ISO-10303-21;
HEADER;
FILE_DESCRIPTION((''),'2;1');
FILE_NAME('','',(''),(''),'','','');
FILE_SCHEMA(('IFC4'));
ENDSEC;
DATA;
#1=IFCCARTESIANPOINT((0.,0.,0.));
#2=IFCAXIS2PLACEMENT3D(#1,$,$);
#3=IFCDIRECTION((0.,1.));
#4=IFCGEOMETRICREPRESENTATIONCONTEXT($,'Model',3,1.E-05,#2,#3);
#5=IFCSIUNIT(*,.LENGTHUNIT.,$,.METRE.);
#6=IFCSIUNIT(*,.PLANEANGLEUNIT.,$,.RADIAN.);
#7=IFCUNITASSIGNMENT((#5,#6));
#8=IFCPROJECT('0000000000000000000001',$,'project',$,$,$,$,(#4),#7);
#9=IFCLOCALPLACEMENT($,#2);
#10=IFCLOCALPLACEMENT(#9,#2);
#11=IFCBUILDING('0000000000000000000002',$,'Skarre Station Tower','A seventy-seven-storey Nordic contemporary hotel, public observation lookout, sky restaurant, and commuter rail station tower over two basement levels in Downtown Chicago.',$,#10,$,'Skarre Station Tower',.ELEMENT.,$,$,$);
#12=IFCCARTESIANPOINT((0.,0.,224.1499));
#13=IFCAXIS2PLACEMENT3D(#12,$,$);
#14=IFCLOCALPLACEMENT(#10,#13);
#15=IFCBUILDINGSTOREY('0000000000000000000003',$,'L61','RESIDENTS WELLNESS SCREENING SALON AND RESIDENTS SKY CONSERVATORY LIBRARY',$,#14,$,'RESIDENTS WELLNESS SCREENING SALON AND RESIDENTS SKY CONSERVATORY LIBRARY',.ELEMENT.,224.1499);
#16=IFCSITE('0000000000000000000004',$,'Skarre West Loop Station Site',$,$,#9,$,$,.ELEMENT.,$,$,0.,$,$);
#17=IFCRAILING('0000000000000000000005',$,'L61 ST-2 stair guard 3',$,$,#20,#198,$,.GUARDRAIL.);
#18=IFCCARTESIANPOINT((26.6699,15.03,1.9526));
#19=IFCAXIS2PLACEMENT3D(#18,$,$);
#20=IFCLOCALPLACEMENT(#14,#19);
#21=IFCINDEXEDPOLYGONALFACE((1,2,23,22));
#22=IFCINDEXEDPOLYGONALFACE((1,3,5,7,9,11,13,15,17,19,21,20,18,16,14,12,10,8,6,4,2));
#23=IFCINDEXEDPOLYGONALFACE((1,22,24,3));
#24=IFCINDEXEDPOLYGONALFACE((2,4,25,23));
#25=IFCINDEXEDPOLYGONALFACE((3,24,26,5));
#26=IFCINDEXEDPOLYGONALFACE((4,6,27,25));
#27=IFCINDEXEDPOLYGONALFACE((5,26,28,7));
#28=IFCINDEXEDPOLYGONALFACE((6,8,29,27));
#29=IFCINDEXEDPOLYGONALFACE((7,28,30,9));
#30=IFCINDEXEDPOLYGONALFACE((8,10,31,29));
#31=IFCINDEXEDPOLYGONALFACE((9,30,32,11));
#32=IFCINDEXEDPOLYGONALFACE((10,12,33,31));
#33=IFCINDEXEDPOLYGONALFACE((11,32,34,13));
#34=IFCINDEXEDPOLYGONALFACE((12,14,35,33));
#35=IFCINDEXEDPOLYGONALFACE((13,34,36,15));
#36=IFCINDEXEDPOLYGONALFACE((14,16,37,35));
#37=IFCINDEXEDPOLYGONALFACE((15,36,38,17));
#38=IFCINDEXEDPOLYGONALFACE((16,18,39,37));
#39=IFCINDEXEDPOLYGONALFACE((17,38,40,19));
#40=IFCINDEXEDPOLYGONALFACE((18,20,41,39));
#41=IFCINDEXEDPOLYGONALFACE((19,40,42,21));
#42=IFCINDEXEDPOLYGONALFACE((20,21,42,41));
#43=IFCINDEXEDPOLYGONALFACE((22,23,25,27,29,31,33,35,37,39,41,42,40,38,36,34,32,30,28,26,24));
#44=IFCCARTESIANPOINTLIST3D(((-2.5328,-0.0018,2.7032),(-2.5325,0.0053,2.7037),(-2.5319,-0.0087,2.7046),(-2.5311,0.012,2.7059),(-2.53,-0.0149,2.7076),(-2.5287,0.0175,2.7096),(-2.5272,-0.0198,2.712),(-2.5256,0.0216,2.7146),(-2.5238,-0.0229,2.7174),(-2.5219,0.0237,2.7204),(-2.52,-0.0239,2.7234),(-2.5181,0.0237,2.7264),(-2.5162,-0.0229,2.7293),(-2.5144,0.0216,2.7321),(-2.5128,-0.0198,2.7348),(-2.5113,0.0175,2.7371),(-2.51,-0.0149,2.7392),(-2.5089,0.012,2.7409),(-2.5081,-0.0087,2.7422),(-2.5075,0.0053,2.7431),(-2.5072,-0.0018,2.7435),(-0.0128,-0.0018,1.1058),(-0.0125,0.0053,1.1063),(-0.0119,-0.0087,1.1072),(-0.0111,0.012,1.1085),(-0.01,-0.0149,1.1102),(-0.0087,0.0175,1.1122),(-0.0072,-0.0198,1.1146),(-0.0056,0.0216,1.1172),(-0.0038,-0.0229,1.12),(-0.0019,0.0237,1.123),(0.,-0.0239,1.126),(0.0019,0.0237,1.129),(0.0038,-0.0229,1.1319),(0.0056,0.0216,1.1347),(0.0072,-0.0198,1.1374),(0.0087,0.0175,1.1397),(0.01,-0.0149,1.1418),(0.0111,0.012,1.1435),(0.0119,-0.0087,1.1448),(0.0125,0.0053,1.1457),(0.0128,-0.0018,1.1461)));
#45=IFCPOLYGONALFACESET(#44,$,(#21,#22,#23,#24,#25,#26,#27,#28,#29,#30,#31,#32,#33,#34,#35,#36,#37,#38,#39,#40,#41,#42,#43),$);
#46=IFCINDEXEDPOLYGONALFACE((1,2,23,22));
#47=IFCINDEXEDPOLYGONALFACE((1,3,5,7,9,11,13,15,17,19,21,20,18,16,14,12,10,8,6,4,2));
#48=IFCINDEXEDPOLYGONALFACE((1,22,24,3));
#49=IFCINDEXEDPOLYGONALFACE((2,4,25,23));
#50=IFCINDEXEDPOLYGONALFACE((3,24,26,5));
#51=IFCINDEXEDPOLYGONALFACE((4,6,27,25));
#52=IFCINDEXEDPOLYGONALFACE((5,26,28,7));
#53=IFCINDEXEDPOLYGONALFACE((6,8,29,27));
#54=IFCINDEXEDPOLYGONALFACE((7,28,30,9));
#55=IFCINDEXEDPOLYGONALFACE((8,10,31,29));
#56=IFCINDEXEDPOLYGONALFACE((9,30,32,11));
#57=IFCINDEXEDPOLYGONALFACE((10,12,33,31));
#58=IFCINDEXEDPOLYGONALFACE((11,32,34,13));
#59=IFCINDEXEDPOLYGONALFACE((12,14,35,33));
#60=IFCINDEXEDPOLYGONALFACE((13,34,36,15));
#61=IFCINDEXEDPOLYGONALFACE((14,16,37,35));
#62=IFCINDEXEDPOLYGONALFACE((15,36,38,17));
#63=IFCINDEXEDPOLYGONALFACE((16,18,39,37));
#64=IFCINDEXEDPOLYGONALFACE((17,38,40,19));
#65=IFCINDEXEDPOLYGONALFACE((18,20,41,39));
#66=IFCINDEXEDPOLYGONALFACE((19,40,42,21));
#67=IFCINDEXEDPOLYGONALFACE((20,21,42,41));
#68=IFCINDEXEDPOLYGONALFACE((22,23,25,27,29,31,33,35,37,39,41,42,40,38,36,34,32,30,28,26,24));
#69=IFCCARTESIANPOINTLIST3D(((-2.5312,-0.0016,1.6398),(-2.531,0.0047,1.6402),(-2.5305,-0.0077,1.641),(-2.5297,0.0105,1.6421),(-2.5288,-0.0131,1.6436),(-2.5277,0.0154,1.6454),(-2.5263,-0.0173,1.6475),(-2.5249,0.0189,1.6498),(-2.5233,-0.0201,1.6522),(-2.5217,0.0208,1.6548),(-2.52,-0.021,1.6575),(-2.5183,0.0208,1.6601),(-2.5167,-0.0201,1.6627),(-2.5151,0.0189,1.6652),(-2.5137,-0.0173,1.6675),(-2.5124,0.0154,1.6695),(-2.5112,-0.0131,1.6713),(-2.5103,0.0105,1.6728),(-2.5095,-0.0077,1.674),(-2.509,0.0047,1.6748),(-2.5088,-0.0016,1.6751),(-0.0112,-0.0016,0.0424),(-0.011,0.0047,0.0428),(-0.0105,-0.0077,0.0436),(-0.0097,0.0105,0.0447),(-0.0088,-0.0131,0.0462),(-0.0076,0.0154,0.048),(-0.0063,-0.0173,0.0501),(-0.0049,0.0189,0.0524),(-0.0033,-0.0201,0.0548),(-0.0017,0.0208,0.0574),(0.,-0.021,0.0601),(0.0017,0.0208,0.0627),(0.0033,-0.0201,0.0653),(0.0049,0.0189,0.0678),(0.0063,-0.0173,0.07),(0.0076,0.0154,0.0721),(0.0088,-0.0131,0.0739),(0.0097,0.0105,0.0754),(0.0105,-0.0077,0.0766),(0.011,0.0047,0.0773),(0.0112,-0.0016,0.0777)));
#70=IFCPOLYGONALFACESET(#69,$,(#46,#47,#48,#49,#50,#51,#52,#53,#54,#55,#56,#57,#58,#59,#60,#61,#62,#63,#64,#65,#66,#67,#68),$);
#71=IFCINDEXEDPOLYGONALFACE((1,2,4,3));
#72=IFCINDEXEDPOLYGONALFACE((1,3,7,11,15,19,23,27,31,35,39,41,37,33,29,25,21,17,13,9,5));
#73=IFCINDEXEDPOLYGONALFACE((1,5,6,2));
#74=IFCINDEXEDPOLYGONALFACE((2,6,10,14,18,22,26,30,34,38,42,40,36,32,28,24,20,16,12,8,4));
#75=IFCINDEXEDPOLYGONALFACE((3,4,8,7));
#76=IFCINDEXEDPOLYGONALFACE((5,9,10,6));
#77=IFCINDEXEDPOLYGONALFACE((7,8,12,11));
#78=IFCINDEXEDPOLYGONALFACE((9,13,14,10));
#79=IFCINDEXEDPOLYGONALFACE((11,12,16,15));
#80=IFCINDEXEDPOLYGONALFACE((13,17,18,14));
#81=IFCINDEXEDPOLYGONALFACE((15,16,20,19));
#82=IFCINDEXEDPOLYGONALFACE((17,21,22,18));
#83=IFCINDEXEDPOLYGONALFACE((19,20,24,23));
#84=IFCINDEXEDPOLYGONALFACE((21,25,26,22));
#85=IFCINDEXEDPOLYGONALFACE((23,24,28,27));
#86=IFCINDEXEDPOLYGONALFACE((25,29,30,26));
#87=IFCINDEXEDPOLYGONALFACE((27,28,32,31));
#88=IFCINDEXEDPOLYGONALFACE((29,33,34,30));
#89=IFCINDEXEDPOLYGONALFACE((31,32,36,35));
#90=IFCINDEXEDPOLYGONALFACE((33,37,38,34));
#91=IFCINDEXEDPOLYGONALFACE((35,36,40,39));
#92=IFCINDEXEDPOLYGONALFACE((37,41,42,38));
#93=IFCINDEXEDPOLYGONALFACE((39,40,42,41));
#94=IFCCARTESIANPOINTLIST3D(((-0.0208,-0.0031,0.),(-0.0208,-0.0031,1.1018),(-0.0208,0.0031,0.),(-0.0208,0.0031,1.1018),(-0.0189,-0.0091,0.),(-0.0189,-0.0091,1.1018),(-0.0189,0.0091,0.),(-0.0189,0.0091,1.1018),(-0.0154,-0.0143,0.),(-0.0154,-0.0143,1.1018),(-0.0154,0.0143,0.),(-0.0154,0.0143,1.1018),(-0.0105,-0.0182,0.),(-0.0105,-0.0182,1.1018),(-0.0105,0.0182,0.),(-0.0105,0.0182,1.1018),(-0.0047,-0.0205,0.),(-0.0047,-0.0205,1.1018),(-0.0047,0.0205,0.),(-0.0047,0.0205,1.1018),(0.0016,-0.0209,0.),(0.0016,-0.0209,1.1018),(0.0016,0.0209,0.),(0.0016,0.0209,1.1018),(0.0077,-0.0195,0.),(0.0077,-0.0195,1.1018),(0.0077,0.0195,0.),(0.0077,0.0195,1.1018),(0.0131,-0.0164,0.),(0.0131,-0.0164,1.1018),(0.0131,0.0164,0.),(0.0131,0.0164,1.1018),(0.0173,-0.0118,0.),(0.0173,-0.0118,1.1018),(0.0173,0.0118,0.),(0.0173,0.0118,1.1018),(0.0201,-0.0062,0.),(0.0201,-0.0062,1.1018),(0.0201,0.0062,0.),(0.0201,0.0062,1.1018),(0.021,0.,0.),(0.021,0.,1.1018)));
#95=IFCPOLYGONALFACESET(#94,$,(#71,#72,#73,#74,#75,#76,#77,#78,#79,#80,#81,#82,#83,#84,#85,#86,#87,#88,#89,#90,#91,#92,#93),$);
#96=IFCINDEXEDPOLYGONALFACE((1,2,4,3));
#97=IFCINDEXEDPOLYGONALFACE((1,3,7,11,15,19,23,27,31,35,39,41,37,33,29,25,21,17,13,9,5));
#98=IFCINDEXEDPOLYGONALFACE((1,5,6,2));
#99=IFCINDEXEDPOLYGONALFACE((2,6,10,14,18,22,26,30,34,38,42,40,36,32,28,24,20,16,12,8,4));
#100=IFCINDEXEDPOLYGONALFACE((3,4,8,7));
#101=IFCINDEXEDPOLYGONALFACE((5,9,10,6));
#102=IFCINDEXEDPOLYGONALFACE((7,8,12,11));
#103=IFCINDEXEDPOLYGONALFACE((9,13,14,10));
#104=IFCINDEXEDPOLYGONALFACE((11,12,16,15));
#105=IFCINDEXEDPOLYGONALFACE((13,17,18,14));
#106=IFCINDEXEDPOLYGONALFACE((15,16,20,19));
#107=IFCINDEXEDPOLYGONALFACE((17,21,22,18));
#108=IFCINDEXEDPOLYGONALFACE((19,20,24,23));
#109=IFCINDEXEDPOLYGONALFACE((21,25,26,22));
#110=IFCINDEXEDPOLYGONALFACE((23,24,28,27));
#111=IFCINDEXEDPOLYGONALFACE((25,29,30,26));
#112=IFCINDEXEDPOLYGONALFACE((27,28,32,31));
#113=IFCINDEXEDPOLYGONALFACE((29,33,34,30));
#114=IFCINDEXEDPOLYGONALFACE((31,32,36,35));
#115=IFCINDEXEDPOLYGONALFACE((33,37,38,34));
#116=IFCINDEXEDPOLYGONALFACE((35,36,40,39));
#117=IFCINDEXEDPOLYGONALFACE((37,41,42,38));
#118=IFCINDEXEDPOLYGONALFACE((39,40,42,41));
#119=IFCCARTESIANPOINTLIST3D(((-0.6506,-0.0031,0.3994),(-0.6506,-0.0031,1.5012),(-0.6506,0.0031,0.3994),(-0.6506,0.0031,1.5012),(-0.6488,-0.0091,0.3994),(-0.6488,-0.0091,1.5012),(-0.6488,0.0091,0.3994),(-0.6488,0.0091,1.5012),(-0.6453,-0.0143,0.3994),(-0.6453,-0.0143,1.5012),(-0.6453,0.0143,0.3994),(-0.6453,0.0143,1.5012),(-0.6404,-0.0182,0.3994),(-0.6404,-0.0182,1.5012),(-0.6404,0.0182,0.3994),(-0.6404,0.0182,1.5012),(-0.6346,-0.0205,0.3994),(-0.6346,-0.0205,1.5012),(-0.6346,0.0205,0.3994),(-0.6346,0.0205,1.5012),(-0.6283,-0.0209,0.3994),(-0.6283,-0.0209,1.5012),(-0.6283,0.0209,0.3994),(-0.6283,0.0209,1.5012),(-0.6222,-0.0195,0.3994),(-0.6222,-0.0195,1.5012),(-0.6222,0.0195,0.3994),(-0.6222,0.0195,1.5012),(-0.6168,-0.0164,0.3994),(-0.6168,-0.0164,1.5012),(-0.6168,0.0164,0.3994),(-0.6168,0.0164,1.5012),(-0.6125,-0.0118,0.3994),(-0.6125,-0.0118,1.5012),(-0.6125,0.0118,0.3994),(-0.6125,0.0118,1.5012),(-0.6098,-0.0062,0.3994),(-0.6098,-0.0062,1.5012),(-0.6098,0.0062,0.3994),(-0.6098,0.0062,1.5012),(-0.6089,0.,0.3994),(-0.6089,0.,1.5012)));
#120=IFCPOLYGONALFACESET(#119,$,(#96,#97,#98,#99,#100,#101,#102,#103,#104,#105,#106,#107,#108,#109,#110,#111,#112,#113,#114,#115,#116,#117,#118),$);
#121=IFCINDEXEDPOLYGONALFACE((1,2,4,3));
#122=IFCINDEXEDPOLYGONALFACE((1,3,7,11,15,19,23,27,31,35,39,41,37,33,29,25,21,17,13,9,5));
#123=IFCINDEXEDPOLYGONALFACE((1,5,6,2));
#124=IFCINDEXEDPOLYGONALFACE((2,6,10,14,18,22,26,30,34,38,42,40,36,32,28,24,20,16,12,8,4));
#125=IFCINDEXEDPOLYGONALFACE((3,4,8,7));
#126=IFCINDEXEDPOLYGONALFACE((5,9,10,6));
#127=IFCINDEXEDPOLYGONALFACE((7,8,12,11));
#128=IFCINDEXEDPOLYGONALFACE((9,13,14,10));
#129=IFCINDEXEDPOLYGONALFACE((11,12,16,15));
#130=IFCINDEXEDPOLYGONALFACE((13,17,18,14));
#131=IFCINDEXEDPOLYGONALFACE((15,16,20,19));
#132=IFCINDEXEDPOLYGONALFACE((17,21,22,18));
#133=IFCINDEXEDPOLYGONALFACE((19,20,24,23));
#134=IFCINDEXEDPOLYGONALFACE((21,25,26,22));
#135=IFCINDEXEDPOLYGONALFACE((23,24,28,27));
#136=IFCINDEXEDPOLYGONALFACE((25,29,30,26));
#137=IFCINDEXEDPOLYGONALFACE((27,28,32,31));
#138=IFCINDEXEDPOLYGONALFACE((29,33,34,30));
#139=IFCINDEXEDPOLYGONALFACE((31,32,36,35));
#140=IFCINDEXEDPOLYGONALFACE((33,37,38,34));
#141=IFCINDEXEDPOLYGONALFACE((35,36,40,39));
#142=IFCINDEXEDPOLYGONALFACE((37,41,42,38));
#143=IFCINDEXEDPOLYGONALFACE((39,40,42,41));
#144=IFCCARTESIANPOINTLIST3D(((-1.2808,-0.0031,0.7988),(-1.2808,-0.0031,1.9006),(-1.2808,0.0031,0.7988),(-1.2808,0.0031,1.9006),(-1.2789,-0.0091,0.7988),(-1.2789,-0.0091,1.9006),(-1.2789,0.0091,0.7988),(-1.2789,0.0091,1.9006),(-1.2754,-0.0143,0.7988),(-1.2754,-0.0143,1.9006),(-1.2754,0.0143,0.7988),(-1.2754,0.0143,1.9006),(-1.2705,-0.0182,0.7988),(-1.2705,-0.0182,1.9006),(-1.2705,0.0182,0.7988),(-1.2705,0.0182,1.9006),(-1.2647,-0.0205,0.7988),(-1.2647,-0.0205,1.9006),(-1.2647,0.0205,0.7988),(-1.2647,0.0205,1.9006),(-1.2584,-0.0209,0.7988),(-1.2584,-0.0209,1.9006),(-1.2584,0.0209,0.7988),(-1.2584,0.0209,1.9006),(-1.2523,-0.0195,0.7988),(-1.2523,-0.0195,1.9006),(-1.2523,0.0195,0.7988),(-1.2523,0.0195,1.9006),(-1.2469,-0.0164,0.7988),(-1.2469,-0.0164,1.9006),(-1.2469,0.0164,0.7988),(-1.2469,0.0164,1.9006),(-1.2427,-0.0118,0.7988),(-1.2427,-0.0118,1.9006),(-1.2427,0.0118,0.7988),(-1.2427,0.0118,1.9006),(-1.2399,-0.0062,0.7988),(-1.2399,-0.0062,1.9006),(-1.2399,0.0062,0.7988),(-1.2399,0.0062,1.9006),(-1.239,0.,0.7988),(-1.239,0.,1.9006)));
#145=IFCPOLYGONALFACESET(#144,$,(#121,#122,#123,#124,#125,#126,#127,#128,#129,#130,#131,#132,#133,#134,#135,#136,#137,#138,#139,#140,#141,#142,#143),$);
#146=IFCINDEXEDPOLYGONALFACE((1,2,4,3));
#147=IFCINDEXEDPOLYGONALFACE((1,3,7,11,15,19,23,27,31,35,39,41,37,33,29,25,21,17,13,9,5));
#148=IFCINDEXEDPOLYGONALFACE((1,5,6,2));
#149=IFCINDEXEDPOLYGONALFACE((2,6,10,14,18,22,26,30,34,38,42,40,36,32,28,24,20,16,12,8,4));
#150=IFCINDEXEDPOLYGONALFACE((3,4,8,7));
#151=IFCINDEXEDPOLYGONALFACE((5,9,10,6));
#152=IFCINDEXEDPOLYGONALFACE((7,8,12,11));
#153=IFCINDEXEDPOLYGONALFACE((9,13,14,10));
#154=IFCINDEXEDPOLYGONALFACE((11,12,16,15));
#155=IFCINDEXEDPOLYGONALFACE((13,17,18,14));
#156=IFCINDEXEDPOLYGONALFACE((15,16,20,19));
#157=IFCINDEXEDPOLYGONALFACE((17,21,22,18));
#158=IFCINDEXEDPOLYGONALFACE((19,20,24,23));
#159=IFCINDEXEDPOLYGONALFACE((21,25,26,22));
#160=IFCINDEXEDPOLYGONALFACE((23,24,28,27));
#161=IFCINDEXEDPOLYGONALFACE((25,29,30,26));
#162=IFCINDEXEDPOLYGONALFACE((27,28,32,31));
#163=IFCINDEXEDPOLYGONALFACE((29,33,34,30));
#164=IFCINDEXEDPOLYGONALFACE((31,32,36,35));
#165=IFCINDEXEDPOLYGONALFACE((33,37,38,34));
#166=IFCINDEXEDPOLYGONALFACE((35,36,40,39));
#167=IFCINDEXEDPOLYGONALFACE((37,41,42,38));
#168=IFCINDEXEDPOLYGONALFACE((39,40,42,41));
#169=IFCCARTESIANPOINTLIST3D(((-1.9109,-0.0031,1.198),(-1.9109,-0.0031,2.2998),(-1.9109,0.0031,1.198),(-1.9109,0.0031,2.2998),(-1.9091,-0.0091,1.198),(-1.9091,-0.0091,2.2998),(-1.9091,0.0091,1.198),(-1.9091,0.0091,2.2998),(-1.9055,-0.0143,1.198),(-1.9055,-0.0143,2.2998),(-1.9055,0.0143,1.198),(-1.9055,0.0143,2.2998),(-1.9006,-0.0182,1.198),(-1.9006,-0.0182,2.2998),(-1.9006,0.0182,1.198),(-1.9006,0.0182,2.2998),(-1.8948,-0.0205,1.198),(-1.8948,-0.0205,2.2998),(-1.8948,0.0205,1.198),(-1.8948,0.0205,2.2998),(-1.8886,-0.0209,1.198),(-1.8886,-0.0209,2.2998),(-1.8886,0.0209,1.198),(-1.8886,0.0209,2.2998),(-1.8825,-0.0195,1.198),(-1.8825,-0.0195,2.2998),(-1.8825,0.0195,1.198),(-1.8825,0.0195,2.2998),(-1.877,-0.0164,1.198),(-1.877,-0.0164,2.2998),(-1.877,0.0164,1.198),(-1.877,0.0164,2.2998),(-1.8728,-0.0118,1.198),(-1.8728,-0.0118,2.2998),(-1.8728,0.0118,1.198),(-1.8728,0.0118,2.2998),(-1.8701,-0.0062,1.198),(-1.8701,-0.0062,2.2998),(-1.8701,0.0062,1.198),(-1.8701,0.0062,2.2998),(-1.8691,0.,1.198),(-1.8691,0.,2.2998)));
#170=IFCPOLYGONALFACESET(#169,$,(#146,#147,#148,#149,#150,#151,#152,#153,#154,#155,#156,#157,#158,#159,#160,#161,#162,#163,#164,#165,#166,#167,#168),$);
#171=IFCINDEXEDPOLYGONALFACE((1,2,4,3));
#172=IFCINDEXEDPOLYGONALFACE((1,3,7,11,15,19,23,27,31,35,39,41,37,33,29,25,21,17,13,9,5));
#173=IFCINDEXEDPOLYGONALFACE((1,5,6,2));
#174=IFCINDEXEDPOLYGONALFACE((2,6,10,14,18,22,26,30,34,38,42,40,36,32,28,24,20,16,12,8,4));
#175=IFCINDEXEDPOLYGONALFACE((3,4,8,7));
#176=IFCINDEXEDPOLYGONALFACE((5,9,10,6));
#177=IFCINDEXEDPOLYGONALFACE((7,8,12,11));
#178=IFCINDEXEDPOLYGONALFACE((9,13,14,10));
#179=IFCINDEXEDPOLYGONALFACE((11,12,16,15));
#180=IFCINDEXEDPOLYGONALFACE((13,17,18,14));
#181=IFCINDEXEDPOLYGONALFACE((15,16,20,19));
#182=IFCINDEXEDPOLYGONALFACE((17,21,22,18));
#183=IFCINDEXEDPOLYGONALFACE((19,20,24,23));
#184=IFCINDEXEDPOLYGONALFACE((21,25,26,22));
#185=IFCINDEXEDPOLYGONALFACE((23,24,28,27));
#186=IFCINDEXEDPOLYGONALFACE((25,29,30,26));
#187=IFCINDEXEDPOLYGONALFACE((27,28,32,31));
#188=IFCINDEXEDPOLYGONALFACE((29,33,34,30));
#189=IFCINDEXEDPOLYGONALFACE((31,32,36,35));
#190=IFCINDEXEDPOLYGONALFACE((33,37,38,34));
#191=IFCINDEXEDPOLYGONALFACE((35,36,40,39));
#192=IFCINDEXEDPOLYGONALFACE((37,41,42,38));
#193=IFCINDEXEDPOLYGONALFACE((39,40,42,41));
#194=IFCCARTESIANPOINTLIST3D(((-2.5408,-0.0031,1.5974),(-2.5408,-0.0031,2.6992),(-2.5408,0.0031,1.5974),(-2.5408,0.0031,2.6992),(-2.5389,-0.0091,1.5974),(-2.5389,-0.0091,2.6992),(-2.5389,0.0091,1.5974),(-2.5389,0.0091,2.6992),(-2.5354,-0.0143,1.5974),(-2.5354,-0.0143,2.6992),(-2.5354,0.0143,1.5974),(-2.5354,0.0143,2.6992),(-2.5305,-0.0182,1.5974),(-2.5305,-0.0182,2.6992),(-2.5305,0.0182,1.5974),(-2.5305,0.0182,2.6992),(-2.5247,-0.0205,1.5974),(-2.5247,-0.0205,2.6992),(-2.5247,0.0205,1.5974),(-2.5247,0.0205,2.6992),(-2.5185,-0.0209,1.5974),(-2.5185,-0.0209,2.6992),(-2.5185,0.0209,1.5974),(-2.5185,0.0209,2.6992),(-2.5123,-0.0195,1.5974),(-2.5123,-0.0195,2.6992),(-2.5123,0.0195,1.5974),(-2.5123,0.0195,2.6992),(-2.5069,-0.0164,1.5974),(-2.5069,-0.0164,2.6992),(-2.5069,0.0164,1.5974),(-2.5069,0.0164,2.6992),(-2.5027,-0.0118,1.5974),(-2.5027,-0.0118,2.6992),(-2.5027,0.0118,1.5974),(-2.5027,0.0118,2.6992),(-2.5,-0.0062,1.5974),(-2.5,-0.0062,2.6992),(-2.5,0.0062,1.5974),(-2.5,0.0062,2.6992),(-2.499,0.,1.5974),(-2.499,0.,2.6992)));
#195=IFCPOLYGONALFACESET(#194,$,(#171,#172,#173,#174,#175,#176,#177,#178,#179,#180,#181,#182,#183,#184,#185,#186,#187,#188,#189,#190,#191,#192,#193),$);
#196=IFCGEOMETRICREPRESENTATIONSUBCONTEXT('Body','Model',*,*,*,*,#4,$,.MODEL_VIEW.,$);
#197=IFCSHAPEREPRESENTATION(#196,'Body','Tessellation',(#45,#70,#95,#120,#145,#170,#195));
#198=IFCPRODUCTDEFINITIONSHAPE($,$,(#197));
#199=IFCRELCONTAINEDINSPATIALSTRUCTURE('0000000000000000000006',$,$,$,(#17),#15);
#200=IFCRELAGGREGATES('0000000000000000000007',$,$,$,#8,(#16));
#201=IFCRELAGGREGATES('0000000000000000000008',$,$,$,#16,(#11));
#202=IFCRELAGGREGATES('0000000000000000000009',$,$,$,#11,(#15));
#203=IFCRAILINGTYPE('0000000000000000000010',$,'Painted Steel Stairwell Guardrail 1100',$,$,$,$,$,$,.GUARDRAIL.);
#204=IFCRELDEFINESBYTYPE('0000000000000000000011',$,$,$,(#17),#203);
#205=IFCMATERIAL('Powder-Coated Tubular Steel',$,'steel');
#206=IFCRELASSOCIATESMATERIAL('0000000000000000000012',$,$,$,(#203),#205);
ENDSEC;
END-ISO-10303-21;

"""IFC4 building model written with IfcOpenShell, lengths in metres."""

from ifc_helpers import new_model, si_unit, direction, frame, origin, origin_2d, place, context, subcontext, project, spatial, circle, extrude, material, type_object, element, save


model = new_model("IFC4")

# Units and contexts
model_context = context("Model", 3, precision=1e-05, world=origin(), true_north=direction((0.0, 1.0)))
body_context = subcontext(model_context, "Body", "Model", "MODEL_VIEW")
ifc_project = project(units=[si_unit("LENGTHUNIT", "METRE"), si_unit("PLANEANGLEUNIT", "RADIAN")], contexts=[model_context])

# Site, building, storey
site_placement = place(None, origin())
site = spatial("IfcSite", under=ifc_project, at=site_placement, Name="Skarre West Loop Station Site", CompositionType="ELEMENT", RefElevation=0.0)
building_placement = place(site_placement, origin())
building = spatial("IfcBuilding", under=site, at=building_placement, Name="Skarre Station Tower", Description="A seventy-seven-storey Nordic contemporary hotel, public observation lookout, sky restaurant, and commuter rail station tower over two basement levels in Downtown Chicago.", LongName="Skarre Station Tower", CompositionType="ELEMENT")
storey_placement = place(building_placement, frame((0.0, 0.0, 224.1499)))
storey = spatial("IfcBuildingStorey", under=building, at=storey_placement, Name="L61", Description="RESIDENTS WELLNESS SCREENING SALON AND RESIDENTS SKY CONSERVATORY LIBRARY", LongName="RESIDENTS WELLNESS SCREENING SALON AND RESIDENTS SKY CONSERVATORY LIBRARY", CompositionType="ELEMENT", Elevation=224.1499)

# Railing
ifc_material_1 = material(Name="Powder-Coated Tubular Steel", Category="steel")
railing_type_1 = type_object("IfcRailingType", Name="Painted Steel Stairwell Guardrail 1100", PredefinedType="GUARDRAIL", material=ifc_material_1)
railing_1_placement = place(storey_placement, frame((26.6699, 15.03, 1.9526)))
element("IfcRailing", 1, at=railing_1_placement, inside=storey, type_object=railing_type_1, Name="L61 ST-2 stair guard 3", PredefinedType="GUARDRAIL", context=body_context, shape_type="SweptSolid", body=[
    extrude(circle(Radius=0.0239, at=origin_2d()), frame((0.0, 0.0, 1.126), z_axis=(-0.844607, 0.0, 0.535387), x_axis=(0.0, -1.0, 0.0)), (0.0, 0.0, 1.0), 2.9836),
    extrude(circle(Radius=0.021, at=origin_2d()), frame((0.0, 0.0, 0.0601), z_axis=(-0.844607, 0.0, 0.535387), x_axis=(0.0, -1.0, 0.0)), (0.0, 0.0, 1.0), 2.9836),
    extrude(circle(Radius=0.021, at=origin_2d()), origin(), (0.0, 0.0, 1.0), 1.1018),
    extrude(circle(Radius=0.021, at=origin_2d()), frame((-0.6299, 0.0, 0.3994)), (0.0, 0.0, 1.0), 1.1018),
    extrude(circle(Radius=0.021, at=origin_2d()), frame((-1.26, 0.0, 0.7988)), (0.0, 0.0, 1.0), 1.1018),
    extrude(circle(Radius=0.021, at=origin_2d()), frame((-1.8901, 0.0, 1.198)), (0.0, 0.0, 1.0), 1.1018),
    extrude(circle(Radius=0.021, at=origin_2d()), frame((-2.52, 0.0, 1.5974)), (0.0, 0.0, 1.0), 1.1018),
])

save(model, "model.ifc")
